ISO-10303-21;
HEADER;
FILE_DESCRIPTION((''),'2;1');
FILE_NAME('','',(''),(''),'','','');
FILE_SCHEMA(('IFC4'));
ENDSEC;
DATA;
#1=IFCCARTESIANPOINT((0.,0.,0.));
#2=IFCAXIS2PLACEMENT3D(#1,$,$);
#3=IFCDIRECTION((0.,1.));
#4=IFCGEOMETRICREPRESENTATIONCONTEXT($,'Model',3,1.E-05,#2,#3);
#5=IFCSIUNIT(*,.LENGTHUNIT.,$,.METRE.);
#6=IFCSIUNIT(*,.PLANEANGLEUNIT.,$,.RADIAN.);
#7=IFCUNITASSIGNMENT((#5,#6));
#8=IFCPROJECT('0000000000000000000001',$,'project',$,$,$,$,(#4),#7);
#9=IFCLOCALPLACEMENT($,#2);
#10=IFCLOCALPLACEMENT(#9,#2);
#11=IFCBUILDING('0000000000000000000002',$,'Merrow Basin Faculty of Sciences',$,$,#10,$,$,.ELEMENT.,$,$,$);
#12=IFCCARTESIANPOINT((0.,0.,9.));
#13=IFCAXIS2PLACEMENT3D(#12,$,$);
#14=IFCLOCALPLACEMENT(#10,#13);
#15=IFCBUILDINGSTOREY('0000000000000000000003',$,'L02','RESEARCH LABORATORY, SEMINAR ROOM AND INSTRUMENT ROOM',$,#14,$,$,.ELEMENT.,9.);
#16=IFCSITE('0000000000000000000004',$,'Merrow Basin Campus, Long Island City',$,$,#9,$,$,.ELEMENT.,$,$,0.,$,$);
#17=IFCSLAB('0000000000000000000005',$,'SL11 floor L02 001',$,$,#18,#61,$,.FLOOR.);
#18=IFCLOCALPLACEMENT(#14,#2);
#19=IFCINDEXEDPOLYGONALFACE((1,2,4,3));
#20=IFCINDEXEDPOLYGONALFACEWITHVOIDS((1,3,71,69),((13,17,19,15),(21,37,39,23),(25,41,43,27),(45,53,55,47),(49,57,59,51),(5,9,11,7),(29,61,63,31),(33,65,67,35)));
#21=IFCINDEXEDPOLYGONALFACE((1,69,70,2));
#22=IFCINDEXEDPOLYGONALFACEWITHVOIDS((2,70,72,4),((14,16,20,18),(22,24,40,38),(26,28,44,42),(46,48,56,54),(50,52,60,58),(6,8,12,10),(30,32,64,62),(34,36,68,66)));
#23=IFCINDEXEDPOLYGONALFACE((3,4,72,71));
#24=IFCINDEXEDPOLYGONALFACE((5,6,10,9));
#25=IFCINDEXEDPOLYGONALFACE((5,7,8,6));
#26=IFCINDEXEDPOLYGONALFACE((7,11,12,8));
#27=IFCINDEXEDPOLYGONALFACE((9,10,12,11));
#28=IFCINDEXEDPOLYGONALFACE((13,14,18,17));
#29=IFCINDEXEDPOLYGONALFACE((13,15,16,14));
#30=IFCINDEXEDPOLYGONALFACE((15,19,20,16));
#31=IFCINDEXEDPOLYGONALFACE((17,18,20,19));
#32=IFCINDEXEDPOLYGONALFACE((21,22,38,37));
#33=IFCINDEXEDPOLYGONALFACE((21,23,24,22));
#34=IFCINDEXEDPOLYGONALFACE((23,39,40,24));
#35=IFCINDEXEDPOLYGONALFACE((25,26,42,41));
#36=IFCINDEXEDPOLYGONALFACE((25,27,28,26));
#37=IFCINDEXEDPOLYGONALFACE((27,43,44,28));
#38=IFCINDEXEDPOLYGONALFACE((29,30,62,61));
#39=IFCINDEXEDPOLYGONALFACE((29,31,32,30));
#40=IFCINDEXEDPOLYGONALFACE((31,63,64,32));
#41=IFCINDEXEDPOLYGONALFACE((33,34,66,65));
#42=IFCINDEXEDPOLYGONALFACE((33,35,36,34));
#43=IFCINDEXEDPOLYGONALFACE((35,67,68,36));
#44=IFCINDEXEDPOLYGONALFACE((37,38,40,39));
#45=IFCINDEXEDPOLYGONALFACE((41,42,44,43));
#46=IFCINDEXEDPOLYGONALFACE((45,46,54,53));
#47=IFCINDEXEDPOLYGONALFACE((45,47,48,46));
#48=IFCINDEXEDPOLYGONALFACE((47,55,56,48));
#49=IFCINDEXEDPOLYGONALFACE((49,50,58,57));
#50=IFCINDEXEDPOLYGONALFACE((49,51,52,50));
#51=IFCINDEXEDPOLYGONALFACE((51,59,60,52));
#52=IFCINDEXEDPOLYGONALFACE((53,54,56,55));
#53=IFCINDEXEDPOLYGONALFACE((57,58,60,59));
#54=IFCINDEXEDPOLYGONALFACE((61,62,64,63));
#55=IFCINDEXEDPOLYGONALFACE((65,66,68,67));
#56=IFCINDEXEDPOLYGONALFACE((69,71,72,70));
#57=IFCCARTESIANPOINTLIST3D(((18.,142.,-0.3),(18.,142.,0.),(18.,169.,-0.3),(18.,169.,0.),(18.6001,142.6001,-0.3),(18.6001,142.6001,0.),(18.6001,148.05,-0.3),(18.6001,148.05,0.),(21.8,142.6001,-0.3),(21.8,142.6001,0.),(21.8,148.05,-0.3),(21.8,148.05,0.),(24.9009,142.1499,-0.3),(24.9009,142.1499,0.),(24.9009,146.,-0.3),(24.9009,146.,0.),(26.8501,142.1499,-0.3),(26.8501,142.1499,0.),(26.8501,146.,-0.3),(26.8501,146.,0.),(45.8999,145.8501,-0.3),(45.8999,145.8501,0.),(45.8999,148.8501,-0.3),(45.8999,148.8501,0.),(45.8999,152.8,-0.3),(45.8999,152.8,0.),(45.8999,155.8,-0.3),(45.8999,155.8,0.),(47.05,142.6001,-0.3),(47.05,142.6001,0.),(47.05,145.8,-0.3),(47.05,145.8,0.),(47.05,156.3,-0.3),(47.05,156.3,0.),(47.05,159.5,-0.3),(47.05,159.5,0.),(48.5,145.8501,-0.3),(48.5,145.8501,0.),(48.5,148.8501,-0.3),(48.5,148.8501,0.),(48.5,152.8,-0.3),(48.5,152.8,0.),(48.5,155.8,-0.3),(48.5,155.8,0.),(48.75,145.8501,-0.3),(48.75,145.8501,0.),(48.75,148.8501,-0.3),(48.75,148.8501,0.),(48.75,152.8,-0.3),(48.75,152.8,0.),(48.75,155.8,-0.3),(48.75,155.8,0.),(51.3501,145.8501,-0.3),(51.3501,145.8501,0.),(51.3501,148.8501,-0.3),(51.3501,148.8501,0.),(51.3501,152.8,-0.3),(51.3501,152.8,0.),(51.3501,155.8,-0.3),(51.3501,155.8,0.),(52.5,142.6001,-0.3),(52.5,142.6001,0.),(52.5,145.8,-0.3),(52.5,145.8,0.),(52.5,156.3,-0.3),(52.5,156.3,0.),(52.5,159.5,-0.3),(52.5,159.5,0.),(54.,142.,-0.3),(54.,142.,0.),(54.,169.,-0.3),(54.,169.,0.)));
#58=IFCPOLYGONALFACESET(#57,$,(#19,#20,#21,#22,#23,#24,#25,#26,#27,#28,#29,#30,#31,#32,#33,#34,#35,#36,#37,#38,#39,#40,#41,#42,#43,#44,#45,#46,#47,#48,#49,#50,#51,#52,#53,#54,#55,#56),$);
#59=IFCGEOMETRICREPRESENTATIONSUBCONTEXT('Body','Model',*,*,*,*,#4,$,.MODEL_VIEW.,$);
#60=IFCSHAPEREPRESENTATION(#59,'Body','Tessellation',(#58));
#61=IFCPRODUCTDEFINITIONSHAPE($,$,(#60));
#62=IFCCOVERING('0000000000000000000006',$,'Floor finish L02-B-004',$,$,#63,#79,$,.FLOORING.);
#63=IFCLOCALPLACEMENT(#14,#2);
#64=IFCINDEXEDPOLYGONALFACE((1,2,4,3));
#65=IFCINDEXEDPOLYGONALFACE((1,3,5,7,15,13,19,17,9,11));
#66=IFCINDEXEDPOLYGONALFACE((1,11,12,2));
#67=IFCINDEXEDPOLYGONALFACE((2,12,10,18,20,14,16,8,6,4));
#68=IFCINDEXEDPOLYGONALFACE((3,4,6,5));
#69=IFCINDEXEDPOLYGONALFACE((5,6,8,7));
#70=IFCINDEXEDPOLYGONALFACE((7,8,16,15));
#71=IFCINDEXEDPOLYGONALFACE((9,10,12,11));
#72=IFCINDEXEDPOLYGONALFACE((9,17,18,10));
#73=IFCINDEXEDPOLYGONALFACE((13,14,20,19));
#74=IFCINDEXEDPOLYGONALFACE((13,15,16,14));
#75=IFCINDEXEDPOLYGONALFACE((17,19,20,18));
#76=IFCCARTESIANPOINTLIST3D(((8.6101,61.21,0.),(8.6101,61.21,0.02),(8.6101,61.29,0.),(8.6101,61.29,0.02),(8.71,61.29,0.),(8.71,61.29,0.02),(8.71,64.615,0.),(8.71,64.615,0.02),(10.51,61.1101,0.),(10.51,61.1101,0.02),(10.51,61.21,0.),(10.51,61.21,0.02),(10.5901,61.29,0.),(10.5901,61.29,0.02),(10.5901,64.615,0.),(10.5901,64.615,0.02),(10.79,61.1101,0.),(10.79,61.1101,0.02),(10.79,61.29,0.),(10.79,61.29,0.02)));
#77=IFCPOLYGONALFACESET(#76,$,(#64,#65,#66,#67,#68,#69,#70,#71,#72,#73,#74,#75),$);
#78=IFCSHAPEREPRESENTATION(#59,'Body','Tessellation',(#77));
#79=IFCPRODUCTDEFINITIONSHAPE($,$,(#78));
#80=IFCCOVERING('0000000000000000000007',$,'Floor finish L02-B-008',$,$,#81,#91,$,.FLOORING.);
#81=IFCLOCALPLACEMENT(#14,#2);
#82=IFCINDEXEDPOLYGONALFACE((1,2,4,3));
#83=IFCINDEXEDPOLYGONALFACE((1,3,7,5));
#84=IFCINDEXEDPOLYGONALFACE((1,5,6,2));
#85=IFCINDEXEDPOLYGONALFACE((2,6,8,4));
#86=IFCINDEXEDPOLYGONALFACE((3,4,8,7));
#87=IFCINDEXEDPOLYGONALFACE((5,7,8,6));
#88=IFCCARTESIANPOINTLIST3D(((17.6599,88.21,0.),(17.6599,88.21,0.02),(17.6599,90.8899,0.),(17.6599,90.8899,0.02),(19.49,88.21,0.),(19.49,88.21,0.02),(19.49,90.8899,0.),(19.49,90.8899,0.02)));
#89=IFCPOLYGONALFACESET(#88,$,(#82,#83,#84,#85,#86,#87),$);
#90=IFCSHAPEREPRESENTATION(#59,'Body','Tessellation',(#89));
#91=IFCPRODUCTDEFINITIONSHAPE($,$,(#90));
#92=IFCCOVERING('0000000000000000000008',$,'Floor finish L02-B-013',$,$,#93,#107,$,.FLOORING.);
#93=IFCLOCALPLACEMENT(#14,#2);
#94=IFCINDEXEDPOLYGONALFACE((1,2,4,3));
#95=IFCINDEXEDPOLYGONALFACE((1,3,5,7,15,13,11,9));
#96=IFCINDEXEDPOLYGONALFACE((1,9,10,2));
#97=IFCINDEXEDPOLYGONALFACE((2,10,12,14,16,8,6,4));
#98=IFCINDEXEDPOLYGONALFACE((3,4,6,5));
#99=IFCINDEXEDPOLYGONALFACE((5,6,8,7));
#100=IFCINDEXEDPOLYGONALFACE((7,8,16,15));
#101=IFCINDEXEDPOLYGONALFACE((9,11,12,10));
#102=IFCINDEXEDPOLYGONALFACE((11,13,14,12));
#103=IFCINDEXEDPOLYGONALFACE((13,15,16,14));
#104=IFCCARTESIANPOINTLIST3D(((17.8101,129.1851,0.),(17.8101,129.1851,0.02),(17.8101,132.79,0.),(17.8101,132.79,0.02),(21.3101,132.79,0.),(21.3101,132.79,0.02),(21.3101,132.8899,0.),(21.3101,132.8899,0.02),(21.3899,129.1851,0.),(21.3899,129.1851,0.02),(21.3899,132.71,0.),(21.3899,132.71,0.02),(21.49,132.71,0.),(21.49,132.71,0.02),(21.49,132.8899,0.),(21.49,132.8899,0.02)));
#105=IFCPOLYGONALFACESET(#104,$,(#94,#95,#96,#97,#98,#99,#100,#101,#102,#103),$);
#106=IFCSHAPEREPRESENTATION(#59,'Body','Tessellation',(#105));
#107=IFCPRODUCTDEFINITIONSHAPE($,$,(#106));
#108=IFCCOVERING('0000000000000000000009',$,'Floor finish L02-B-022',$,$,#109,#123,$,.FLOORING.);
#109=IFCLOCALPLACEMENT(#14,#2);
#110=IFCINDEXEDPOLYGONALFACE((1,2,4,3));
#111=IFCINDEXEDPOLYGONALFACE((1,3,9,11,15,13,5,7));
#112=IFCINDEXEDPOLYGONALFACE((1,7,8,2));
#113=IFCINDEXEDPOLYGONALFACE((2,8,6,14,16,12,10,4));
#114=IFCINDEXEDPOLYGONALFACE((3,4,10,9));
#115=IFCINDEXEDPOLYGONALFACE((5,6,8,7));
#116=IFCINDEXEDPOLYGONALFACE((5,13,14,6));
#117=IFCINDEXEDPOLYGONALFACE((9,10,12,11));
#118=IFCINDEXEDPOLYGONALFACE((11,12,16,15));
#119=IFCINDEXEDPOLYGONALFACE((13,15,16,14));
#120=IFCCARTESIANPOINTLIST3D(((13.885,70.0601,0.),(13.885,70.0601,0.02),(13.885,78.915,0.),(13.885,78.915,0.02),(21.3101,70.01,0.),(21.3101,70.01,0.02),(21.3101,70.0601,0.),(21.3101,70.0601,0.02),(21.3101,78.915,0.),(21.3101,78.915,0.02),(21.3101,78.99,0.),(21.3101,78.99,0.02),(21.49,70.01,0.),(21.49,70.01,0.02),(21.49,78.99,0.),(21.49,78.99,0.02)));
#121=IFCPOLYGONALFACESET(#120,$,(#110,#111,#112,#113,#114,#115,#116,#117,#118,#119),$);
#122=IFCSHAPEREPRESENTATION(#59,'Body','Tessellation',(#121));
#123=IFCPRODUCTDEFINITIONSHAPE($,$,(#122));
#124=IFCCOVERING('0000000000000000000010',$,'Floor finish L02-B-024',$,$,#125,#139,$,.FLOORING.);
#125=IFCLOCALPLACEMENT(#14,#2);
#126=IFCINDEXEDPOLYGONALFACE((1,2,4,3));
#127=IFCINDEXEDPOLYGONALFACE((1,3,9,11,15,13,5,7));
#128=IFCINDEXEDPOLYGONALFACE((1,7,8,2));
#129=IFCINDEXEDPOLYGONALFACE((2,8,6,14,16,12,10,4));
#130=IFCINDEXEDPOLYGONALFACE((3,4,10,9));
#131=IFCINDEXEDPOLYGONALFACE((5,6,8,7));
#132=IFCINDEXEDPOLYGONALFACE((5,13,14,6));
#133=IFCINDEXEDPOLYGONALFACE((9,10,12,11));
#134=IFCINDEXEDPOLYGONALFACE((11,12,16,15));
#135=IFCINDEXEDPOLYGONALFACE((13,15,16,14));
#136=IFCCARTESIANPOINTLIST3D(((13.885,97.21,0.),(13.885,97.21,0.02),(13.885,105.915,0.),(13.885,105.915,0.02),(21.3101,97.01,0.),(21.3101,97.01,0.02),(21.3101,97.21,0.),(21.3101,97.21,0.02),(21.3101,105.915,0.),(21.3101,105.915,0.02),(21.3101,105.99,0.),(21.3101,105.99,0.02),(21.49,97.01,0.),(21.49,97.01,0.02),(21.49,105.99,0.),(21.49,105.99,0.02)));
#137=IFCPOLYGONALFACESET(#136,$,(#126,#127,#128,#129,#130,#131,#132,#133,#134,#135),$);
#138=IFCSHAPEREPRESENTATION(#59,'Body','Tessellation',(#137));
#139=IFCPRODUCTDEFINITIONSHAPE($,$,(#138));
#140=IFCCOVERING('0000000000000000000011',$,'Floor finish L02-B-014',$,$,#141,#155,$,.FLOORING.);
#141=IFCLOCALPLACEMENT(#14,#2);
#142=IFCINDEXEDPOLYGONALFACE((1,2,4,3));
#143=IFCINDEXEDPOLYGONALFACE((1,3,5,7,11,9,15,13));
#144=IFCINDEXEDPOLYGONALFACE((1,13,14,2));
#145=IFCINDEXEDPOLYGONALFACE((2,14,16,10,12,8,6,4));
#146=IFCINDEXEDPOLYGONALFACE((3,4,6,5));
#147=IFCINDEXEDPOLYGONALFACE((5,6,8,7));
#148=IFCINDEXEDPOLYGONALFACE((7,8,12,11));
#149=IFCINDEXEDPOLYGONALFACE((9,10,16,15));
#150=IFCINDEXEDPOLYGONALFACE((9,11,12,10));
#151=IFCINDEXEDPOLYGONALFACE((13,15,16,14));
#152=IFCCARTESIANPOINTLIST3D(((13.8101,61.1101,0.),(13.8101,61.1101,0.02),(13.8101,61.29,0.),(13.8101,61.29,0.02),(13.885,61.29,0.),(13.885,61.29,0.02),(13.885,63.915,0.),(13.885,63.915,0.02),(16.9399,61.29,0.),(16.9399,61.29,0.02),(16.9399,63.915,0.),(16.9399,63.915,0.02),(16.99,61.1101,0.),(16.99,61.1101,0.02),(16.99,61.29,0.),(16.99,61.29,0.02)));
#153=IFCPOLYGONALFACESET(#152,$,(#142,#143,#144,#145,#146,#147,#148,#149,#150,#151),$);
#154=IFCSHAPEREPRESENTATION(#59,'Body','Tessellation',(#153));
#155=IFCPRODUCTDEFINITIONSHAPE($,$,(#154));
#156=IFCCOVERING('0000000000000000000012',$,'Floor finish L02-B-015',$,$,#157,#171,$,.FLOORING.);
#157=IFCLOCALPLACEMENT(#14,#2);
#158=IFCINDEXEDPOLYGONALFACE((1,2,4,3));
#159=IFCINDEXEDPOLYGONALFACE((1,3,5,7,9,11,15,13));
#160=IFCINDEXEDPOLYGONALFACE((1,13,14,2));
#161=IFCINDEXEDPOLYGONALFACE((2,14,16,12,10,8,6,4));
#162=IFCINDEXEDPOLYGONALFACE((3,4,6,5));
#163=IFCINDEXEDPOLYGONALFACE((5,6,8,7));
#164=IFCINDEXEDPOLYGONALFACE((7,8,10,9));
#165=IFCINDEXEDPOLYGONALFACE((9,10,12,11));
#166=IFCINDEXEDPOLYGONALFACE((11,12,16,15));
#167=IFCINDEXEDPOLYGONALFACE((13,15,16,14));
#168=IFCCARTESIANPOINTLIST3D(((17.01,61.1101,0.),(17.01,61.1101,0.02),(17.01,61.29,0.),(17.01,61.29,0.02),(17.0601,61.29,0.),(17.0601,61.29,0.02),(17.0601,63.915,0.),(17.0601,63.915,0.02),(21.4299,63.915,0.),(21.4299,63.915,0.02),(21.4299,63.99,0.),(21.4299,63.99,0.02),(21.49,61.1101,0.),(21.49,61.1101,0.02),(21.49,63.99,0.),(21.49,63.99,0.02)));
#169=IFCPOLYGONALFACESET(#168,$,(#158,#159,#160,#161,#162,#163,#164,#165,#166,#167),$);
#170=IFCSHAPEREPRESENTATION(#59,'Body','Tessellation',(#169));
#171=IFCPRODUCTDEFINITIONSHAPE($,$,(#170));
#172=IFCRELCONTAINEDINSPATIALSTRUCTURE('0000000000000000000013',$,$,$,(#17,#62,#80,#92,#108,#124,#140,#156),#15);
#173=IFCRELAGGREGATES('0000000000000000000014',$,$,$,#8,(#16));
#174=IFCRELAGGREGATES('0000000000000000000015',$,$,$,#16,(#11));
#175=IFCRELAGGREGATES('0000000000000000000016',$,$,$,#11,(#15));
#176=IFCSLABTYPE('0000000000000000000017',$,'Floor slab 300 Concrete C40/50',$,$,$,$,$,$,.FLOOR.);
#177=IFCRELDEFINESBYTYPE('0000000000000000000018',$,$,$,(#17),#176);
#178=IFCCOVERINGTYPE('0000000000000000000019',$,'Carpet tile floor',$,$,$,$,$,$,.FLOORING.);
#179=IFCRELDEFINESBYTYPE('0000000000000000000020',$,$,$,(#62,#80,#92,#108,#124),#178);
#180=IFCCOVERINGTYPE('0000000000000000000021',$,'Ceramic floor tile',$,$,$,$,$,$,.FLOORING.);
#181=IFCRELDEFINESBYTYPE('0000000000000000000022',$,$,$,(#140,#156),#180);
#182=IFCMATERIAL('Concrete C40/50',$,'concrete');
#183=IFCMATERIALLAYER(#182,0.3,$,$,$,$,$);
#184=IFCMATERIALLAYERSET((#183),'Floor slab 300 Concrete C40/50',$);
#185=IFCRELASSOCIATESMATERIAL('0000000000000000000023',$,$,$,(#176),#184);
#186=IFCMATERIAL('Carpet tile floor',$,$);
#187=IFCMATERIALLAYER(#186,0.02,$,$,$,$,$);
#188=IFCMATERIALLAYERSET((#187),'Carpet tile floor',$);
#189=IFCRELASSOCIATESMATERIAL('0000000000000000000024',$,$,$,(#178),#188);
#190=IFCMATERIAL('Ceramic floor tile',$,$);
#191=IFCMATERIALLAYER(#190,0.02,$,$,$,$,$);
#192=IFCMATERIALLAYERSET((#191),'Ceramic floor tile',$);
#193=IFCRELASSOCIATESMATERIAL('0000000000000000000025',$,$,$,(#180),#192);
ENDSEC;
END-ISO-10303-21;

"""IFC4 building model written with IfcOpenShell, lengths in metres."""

from ifc_helpers import new_model, si_unit, direction, frame, origin, place, context, subcontext, project, spatial, polyline, outline, extrude, material, layer, layer_set, type_object, element, save


model = new_model("IFC4")

# Units and contexts
model_context = context("Model", 3, precision=1e-05, world=origin(), true_north=direction((0.0, 1.0)))
body_context = subcontext(model_context, "Body", "Model", "MODEL_VIEW")
ifc_project = project(units=[si_unit("LENGTHUNIT", "METRE"), si_unit("PLANEANGLEUNIT", "RADIAN")], contexts=[model_context])

# Site, building, storey
site_placement = place(None, origin())
site = spatial("IfcSite", under=ifc_project, at=site_placement, Name="Merrow Basin Campus, Long Island City", CompositionType="ELEMENT", RefElevation=0.0)
building_placement = place(site_placement, origin())
building = spatial("IfcBuilding", under=site, at=building_placement, Name="Merrow Basin Faculty of Sciences", CompositionType="ELEMENT")
storey_placement = place(building_placement, frame((0.0, 0.0, 9.0)))
storey = spatial("IfcBuildingStorey", under=building, at=storey_placement, Name="L02", Description="RESEARCH LABORATORY, SEMINAR ROOM AND INSTRUMENT ROOM", CompositionType="ELEMENT", Elevation=9.0)

# Slab
ifc_material_1 = material(Name="Concrete C40/50", Category="concrete")
ifc_layer_1 = layer(ifc_material_1, 0.3)
ifc_layer_set_1 = layer_set([ifc_layer_1], Name="Floor slab 300 Concrete C40/50")
slab_type_1 = type_object("IfcSlabType", Name="Floor slab 300 Concrete C40/50", PredefinedType="FLOOR", material=ifc_layer_set_1)
slab_1_placement = place(storey_placement, frame((0.0, 0.0, -0.3)))
element("IfcSlab", 1, at=slab_1_placement, inside=storey, type_object=slab_type_1, Name="SL11 floor L02 001", PredefinedType="FLOOR", context=body_context, shape_type="SweptSolid", body=[
    extrude(outline(polyline([(54.0, 169.0), (54.0, 142.0), (18.0, 142.0), (18.0, 169.0), (54.0, 169.0)]), holes=[polyline([(52.5, 142.6001), (52.5, 145.8), (47.05, 145.8), (47.05, 142.6001), (52.5, 142.6001)]), polyline([(52.5, 156.3), (52.5, 159.5), (47.05, 159.5), (47.05, 156.3), (52.5, 156.3)]), polyline([(51.3501, 145.8501), (51.3501, 148.8501), (48.75, 148.8501), (48.75, 145.8501), (51.3501, 145.8501)]), polyline([(51.3501, 152.8), (51.3501, 155.8), (48.75, 155.8), (48.75, 152.8), (51.3501, 152.8)]), polyline([(48.5, 145.8501), (48.5, 148.8501), (45.8999, 148.8501), (45.8999, 145.8501), (48.5, 145.8501)]), polyline([(48.5, 152.8), (48.5, 155.8), (45.8999, 155.8), (45.8999, 152.8), (48.5, 152.8)]), polyline([(26.8501, 142.1499), (26.8501, 146.0), (24.9009, 146.0), (24.9009, 142.1499), (26.8501, 142.1499)]), polyline([(21.8, 142.6001), (21.8, 148.05), (18.6001, 148.05), (18.6001, 142.6001), (21.8, 142.6001)])]), origin(), (0.0, 0.0, 1.0), 0.3),
])

# Coverings
ifc_material_2 = material(Name="Carpet tile floor")
ifc_layer_2 = layer(ifc_material_2, 0.02)
ifc_layer_set_2 = layer_set([ifc_layer_2], Name="Carpet tile floor")
covering_type_1 = type_object("IfcCoveringType", Name="Carpet tile floor", PredefinedType="FLOORING", material=ifc_layer_set_2)
covering_1_placement = place(storey_placement, origin())
element("IfcCovering", 2, at=covering_1_placement, inside=storey, type_object=covering_type_1, Name="Floor finish L02-B-004", PredefinedType="FLOORING", context=body_context, shape_type="SweptSolid", body=[
    extrude(outline(polyline([(10.5901, 64.615), (10.5901, 61.29), (10.79, 61.29), (10.79, 61.1101), (10.51, 61.1101), (10.51, 61.21), (8.6101, 61.21), (8.6101, 61.29), (8.71, 61.29), (8.71, 64.615), (10.5901, 64.615)])), origin(), (0.0, 0.0, 1.0), 0.02),
])
covering_2_placement = place(storey_placement, origin())
element("IfcCovering", 3, at=covering_2_placement, inside=storey, type_object=covering_type_1, Name="Floor finish L02-B-008", PredefinedType="FLOORING", context=body_context, shape_type="SweptSolid", body=[
    extrude(outline(polyline([(17.6599, 90.8899), (19.49, 90.8899), (19.49, 88.21), (17.6599, 88.21), (17.6599, 90.8899)])), origin(), (0.0, 0.0, 1.0), 0.02),
])
covering_3_placement = place(storey_placement, origin())
element("IfcCovering", 4, at=covering_3_placement, inside=storey, type_object=covering_type_1, Name="Floor finish L02-B-013", PredefinedType="FLOORING", context=body_context, shape_type="SweptSolid", body=[
    extrude(outline(polyline([(21.3899, 129.1851), (17.8101, 129.1851), (17.8101, 132.79), (21.3101, 132.79), (21.3101, 132.8899), (21.49, 132.8899), (21.49, 132.71), (21.3899, 132.71), (21.3899, 129.1851)])), origin(), (0.0, 0.0, 1.0), 0.02),
])
covering_4_placement = place(storey_placement, origin())
element("IfcCovering", 5, at=covering_4_placement, inside=storey, type_object=covering_type_1, Name="Floor finish L02-B-022", PredefinedType="FLOORING", context=body_context, shape_type="SweptSolid", body=[
    extrude(outline(polyline([(21.49, 78.99), (21.49, 70.01), (21.3101, 70.01), (21.3101, 70.0601), (13.885, 70.0601), (13.885, 78.915), (21.3101, 78.915), (21.3101, 78.99), (21.49, 78.99)])), origin(), (0.0, 0.0, 1.0), 0.02),
])
covering_5_placement = place(storey_placement, origin())
element("IfcCovering", 6, at=covering_5_placement, inside=storey, type_object=covering_type_1, Name="Floor finish L02-B-024", PredefinedType="FLOORING", context=body_context, shape_type="SweptSolid", body=[
    extrude(outline(polyline([(21.49, 105.99), (21.49, 97.01), (21.3101, 97.01), (21.3101, 97.21), (13.885, 97.21), (13.885, 105.915), (21.3101, 105.915), (21.3101, 105.99), (21.49, 105.99)])), origin(), (0.0, 0.0, 1.0), 0.02),
])
ifc_material_3 = material(Name="Ceramic floor tile")
ifc_layer_3 = layer(ifc_material_3, 0.02)
ifc_layer_set_3 = layer_set([ifc_layer_3], Name="Ceramic floor tile")
covering_type_2 = type_object("IfcCoveringType", Name="Ceramic floor tile", PredefinedType="FLOORING", material=ifc_layer_set_3)
covering_6_placement = place(storey_placement, origin())
element("IfcCovering", 7, at=covering_6_placement, inside=storey, type_object=covering_type_2, Name="Floor finish L02-B-014", PredefinedType="FLOORING", context=body_context, shape_type="SweptSolid", body=[
    extrude(outline(polyline([(16.99, 61.1101), (13.8101, 61.1101), (13.8101, 61.29), (13.885, 61.29), (13.885, 63.915), (16.9399, 63.915), (16.9399, 61.29), (16.99, 61.29), (16.99, 61.1101)])), origin(), (0.0, 0.0, 1.0), 0.02),
])
covering_7_placement = place(storey_placement, origin())
element("IfcCovering", 8, at=covering_7_placement, inside=storey, type_object=covering_type_2, Name="Floor finish L02-B-015", PredefinedType="FLOORING", context=body_context, shape_type="SweptSolid", body=[
    extrude(outline(polyline([(21.49, 63.99), (21.49, 61.1101), (17.01, 61.1101), (17.01, 61.29), (17.0601, 61.29), (17.0601, 63.915), (21.4299, 63.915), (21.4299, 63.99), (21.49, 63.99)])), origin(), (0.0, 0.0, 1.0), 0.02),
])

save(model, "model.ifc")
